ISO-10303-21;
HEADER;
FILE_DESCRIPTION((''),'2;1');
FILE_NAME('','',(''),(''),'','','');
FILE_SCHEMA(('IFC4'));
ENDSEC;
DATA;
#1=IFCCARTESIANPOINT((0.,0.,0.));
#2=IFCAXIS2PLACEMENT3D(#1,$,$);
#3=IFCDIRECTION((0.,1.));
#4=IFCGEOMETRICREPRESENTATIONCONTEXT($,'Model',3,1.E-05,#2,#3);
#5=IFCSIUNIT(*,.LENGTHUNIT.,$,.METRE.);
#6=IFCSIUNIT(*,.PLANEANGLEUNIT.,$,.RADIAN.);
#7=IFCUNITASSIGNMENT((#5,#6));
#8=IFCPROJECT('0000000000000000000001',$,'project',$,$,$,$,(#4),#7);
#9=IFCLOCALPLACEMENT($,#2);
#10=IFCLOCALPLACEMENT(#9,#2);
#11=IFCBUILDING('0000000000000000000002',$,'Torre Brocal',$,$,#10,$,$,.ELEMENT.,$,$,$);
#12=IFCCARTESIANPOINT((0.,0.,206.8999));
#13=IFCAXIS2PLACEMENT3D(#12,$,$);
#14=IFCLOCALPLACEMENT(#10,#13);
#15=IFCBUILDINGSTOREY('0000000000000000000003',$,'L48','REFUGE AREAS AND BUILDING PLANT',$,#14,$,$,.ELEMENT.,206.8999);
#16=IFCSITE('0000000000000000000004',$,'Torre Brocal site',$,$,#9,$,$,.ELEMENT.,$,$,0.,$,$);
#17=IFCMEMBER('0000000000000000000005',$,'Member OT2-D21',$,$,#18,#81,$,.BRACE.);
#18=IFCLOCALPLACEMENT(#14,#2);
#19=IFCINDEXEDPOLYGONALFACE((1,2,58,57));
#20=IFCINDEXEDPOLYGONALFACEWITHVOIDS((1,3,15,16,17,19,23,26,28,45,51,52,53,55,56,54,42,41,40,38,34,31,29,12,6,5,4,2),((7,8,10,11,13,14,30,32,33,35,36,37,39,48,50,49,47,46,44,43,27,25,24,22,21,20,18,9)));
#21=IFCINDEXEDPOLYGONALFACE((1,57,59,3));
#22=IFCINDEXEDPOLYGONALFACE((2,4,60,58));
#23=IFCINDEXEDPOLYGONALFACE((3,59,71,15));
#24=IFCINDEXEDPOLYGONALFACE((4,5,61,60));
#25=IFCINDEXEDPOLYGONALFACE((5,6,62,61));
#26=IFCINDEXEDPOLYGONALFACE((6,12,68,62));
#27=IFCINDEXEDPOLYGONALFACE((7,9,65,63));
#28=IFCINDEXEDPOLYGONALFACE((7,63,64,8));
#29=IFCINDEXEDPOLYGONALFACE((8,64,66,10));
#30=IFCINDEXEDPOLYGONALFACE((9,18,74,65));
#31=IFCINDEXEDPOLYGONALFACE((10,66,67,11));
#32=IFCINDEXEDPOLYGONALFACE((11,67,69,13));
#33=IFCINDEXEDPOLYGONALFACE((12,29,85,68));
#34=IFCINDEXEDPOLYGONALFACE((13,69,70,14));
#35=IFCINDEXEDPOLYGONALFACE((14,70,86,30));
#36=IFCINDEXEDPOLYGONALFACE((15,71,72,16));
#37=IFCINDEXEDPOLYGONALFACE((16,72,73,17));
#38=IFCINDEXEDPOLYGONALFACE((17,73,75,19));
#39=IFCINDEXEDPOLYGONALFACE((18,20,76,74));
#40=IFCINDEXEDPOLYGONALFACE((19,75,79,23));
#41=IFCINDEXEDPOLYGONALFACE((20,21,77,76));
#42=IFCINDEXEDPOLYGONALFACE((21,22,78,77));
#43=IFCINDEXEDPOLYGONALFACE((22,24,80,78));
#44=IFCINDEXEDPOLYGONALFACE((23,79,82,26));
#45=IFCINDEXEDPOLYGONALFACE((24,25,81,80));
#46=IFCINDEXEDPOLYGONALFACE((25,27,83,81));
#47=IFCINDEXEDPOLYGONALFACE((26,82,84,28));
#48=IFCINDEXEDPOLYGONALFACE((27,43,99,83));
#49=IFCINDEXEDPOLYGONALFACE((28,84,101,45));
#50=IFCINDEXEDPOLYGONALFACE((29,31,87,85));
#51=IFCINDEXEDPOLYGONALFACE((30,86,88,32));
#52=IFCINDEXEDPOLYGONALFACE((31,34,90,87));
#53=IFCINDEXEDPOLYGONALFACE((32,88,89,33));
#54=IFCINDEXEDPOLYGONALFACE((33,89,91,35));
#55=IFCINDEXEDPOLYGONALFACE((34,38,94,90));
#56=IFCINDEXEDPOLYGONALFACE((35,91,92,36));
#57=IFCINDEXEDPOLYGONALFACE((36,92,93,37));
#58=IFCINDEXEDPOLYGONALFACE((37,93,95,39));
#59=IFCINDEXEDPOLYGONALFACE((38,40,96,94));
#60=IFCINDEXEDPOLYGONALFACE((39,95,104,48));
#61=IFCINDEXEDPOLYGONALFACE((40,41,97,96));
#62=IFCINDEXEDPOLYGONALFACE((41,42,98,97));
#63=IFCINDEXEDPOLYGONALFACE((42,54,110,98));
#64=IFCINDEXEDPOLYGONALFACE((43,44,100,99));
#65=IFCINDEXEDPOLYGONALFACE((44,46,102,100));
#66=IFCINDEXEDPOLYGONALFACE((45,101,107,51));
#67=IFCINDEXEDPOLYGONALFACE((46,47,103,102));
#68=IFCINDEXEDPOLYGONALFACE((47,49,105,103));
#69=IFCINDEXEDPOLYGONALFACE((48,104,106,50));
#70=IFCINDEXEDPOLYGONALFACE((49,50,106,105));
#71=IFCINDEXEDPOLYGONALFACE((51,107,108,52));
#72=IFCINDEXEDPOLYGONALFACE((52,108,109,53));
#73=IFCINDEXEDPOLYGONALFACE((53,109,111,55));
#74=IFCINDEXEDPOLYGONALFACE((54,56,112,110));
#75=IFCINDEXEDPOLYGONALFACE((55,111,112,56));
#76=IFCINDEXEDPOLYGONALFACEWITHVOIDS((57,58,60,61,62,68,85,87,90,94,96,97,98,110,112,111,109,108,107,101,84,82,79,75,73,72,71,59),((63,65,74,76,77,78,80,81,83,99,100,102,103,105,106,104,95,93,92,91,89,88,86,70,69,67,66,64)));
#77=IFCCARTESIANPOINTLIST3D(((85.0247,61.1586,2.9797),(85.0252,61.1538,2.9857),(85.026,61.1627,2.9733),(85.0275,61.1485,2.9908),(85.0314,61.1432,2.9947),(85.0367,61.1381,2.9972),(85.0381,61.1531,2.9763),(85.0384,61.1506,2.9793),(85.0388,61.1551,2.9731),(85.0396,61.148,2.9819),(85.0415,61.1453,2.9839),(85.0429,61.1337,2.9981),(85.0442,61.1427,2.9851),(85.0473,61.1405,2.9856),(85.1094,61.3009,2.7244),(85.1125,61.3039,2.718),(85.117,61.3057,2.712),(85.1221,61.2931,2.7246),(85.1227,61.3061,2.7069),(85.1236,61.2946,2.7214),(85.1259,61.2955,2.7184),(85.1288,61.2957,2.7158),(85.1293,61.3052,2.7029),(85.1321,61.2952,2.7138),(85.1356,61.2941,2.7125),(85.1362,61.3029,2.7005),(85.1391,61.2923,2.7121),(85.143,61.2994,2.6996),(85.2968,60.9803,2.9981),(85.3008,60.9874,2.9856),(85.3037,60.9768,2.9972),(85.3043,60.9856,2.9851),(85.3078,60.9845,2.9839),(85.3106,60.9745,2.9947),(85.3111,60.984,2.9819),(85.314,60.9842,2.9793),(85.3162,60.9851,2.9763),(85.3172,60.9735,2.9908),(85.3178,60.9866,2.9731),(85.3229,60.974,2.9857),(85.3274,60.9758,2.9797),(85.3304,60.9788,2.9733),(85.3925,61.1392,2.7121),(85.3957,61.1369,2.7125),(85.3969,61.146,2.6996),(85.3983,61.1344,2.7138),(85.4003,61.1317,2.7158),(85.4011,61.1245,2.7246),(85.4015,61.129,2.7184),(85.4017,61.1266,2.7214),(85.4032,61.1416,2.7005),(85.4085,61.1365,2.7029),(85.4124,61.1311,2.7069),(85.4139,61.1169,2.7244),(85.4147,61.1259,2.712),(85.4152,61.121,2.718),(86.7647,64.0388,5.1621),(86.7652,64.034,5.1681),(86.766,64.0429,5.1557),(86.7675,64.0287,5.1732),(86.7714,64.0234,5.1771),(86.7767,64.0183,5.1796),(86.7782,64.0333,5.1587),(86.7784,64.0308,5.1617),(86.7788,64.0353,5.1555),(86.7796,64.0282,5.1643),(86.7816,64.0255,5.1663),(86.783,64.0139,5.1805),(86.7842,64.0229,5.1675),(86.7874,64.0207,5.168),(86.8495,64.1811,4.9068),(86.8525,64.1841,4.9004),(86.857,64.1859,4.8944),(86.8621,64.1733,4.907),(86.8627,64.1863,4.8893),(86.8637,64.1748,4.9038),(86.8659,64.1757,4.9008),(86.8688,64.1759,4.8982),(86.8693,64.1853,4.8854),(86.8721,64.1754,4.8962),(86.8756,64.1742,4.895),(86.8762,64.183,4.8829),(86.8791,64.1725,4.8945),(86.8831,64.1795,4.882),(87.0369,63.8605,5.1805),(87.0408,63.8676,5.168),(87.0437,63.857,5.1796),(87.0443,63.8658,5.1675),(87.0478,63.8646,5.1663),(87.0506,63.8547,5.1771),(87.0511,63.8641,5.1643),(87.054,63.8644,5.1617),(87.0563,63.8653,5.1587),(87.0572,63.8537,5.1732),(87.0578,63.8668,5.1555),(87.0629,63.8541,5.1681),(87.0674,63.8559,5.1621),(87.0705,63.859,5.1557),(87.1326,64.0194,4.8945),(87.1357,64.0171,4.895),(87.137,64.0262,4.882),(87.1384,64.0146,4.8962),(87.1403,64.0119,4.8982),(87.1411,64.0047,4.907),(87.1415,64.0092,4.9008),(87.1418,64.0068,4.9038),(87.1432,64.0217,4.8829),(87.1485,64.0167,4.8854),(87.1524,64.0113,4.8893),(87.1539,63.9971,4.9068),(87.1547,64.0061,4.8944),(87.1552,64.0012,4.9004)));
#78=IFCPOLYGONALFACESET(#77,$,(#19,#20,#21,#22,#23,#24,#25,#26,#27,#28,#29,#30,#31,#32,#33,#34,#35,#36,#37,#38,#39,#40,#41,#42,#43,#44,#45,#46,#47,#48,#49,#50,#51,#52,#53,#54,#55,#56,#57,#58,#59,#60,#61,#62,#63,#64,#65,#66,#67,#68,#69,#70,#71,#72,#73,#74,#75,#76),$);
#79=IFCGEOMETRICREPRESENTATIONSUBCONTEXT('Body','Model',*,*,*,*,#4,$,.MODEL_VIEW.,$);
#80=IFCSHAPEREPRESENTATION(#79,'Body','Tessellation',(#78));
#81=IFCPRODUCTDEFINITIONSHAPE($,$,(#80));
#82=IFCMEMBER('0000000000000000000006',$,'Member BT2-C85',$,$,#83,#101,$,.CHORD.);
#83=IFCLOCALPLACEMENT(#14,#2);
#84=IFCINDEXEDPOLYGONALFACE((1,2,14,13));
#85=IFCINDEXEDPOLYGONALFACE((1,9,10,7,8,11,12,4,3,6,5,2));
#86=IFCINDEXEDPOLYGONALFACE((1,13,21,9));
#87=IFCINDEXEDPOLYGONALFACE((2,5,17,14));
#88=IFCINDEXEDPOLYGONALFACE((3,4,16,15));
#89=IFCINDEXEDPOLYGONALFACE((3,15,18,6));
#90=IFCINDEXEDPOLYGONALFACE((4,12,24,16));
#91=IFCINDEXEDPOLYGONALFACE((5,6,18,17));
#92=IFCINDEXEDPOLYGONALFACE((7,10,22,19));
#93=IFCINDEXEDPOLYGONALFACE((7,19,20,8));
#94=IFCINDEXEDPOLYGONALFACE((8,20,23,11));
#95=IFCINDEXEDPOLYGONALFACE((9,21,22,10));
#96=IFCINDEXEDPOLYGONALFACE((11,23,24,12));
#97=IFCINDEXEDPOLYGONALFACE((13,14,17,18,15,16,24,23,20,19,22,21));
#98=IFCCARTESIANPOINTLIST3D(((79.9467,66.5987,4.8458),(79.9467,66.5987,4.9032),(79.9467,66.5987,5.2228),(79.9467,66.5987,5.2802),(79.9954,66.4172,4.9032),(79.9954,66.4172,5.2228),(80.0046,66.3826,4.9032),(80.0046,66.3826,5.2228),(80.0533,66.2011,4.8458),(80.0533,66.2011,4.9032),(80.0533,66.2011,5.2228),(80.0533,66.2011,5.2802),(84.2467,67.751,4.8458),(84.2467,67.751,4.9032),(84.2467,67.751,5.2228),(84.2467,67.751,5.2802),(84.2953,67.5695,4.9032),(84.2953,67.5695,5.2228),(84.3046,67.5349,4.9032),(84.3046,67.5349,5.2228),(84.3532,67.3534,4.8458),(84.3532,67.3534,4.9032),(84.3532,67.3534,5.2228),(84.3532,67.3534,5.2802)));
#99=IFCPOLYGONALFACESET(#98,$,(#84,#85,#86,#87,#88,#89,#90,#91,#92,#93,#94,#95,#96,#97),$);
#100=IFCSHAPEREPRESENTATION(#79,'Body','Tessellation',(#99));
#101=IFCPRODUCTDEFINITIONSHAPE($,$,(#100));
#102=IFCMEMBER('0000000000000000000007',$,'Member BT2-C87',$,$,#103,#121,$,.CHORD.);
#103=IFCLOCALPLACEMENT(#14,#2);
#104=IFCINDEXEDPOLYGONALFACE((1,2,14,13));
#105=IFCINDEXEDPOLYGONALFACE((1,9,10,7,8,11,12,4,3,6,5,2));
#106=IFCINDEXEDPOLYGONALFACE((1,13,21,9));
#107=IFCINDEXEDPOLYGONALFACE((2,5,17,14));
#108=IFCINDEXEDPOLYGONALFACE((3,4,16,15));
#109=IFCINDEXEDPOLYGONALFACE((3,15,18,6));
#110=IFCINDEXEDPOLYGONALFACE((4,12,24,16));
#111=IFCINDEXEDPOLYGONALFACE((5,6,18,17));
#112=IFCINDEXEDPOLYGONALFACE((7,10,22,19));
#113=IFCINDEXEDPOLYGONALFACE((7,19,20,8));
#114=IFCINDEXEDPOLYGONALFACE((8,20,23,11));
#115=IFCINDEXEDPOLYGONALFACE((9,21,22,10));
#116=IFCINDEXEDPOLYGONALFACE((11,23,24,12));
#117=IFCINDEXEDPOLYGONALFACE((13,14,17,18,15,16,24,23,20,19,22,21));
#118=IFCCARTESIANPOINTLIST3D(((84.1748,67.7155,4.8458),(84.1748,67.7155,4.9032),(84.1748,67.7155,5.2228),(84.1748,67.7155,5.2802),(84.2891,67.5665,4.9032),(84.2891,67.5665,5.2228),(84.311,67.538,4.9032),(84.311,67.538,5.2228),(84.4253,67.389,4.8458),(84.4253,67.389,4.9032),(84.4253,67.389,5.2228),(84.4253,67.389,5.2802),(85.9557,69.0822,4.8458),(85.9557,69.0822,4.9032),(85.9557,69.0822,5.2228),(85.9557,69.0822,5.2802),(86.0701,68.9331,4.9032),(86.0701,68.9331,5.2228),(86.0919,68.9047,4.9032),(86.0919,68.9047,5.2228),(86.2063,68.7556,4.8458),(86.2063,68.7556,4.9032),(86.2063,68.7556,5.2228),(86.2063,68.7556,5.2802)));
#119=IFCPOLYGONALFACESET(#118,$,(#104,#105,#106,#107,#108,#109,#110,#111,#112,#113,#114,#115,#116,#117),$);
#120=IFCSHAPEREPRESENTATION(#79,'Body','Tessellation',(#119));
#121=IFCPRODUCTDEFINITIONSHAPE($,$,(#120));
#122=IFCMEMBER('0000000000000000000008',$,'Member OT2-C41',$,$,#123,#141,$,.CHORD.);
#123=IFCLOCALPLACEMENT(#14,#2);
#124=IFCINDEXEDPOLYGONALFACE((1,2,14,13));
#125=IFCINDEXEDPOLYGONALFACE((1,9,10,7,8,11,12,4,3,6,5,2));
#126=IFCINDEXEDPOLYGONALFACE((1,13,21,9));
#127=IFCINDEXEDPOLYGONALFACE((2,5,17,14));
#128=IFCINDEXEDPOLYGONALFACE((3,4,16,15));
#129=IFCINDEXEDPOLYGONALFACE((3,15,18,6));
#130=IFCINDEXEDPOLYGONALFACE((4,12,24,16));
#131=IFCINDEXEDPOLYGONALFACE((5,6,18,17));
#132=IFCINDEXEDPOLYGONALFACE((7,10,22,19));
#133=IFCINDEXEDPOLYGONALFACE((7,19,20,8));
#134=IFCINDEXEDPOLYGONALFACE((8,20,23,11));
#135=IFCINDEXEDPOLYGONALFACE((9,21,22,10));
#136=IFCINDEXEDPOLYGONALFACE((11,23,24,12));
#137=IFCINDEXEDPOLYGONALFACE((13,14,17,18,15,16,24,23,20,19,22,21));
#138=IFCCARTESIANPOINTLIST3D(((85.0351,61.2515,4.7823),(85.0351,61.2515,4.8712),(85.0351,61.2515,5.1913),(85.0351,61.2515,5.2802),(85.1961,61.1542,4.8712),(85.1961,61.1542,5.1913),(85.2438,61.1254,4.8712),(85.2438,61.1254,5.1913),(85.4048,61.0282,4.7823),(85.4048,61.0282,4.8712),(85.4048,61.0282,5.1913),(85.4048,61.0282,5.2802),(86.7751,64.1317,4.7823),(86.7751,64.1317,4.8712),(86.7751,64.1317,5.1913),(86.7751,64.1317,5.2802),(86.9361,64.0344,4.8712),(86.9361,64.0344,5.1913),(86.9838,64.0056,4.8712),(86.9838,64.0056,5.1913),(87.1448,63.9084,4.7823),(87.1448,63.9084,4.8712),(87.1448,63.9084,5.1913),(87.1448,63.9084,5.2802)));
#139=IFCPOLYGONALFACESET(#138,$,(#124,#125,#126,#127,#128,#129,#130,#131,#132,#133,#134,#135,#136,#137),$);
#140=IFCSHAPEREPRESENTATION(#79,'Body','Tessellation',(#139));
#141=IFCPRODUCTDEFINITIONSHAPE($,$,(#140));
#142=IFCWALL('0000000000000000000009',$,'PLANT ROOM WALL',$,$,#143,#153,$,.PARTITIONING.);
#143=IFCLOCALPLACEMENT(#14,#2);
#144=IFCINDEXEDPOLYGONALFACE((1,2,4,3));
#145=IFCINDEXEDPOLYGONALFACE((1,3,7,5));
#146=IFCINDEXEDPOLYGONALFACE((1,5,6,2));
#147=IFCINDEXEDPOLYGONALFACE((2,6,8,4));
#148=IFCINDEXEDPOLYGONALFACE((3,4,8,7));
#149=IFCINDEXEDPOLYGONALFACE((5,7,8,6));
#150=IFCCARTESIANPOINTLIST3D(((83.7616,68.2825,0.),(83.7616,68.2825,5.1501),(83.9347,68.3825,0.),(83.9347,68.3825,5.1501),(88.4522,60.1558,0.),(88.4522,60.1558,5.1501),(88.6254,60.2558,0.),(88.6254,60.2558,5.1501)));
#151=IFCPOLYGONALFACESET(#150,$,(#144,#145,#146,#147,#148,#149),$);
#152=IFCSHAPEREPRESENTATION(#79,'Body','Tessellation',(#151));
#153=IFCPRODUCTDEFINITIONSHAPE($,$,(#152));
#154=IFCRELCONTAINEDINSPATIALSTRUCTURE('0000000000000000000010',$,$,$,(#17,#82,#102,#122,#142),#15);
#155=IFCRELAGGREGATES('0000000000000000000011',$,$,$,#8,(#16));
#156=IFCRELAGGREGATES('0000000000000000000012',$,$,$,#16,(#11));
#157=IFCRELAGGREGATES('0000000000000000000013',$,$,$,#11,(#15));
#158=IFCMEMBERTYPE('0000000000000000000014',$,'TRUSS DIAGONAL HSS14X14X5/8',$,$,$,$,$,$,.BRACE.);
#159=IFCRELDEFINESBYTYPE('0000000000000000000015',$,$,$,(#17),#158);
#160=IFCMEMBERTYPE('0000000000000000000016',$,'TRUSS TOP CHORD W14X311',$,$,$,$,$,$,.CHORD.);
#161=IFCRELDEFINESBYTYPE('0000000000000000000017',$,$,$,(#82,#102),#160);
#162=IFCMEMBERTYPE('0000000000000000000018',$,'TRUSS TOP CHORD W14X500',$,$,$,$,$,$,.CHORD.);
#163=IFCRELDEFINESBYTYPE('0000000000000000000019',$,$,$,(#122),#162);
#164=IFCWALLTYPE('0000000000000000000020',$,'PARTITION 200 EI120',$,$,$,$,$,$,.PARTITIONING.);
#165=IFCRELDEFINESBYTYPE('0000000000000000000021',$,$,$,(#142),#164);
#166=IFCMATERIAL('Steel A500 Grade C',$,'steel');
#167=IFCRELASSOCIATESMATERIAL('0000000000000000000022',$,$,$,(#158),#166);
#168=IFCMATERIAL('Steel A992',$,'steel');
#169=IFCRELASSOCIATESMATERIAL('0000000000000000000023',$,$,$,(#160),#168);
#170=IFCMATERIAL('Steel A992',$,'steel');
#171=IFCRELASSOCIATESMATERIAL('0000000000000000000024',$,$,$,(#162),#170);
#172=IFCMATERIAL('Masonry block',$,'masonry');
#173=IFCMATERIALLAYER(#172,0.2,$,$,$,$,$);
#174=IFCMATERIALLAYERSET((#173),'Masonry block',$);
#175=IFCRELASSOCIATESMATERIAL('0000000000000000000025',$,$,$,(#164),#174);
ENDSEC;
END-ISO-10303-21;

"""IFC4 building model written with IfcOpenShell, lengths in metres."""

from ifc_helpers import new_model, si_unit, direction, frame, frame_2d, origin, origin_2d, place, context, subcontext, project, spatial, rectangle, hollow_rectangle, i_section, extrude, material, layer, layer_set, material_profile, profile_set, type_object, element, save


model = new_model("IFC4")

# Units and contexts
model_context = context("Model", 3, precision=1e-05, world=origin(), true_north=direction((0.0, 1.0)))
body_context = subcontext(model_context, "Body", "Model", "MODEL_VIEW")
ifc_project = project(units=[si_unit("LENGTHUNIT", "METRE"), si_unit("PLANEANGLEUNIT", "RADIAN")], contexts=[model_context])

# Site, building, storey
site_placement = place(None, origin())
site = spatial("IfcSite", under=ifc_project, at=site_placement, Name="Torre Brocal site", CompositionType="ELEMENT", RefElevation=0.0)
building_placement = place(site_placement, origin())
building = spatial("IfcBuilding", under=site, at=building_placement, Name="Torre Brocal", CompositionType="ELEMENT")
storey_placement = place(building_placement, frame((0.0, 0.0, 206.8999)))
storey = spatial("IfcBuildingStorey", under=building, at=storey_placement, Name="L48", Description="REFUGE AREAS AND BUILDING PLANT", CompositionType="ELEMENT", Elevation=206.8999)

# Members
ifc_material_1 = material(Name="Steel A500 Grade C", Category="steel")
ifc_material_profile_1 = material_profile(ifc_material_1, hollow_rectangle(XDim=0.3557, YDim=0.3557, WallThickness=0.0149, InnerFilletRadius=0.0149, OuterFilletRadius=0.0295, at=origin_2d()), Name="HSS14X14X5/8")
ifc_profile_set_1 = profile_set([ifc_material_profile_1], Name="Steel A500 Grade C")
member_type_1 = type_object("IfcMemberType", Name="TRUSS DIAGONAL HSS14X14X5/8", PredefinedType="BRACE", material=ifc_profile_set_1)
member_1_placement = place(storey_placement, frame((86.96, 64.02, 5.0312), z_axis=(-0.433841, -0.718117, -0.544142), x_axis=(0.855927, -0.517097, 0.0)))
element("IfcMember", 1, at=member_1_placement, inside=storey, type_object=member_type_1, Name="Member OT2-D21", PredefinedType="BRACE", context=body_context, shape_type="SweptSolid", body=[
    extrude(hollow_rectangle(XDim=0.3557, YDim=0.3557, WallThickness=0.0149, InnerFilletRadius=0.0149, OuterFilletRadius=0.0295, at=origin_2d()), origin(), (0.0, 0.0, 1.0), 4.0107),
])
ifc_material_2 = material(Name="Steel A992", Category="steel")
ifc_material_profile_2 = material_profile(ifc_material_2, i_section(OverallWidth=0.4116, OverallDepth=0.4343, WebThickness=0.0359, FlangeThickness=0.0574, at=origin_2d()), Name="W14X311")
ifc_profile_set_2 = profile_set([ifc_material_profile_2], Name="Steel A992")
member_type_2 = type_object("IfcMemberType", Name="TRUSS TOP CHORD W14X311", PredefinedType="CHORD", material=ifc_profile_set_2)
member_2_placement = place(storey_placement, frame((80.0, 66.3999, 5.063), z_axis=(0.965917, 0.25885, 0.0), x_axis=(-0.25885, 0.965917, 0.0)))
element("IfcMember", 2, at=member_2_placement, inside=storey, type_object=member_type_2, Name="Member BT2-C85", PredefinedType="CHORD", context=body_context, shape_type="SweptSolid", body=[
    extrude(i_section(OverallWidth=0.4116, OverallDepth=0.4343, WebThickness=0.0359, FlangeThickness=0.0574, at=origin_2d()), origin(), (0.0, 0.0, 1.0), 4.4517),
])
member_3_placement = place(storey_placement, frame((84.3, 67.5522, 5.063), z_axis=(0.793335, 0.608785, 0.0), x_axis=(-0.608785, 0.793335, 0.0)))
element("IfcMember", 3, at=member_3_placement, inside=storey, type_object=member_type_2, Name="Member BT2-C87", PredefinedType="CHORD", context=body_context, shape_type="SweptSolid", body=[
    extrude(i_section(OverallWidth=0.4116, OverallDepth=0.4343, WebThickness=0.0359, FlangeThickness=0.0574, at=origin_2d()), origin(), (0.0, 0.0, 1.0), 2.2449),
])
ifc_material_3 = material(Name="Steel A992", Category="steel")
ifc_material_profile_3 = material_profile(ifc_material_3, i_section(OverallWidth=0.4319, OverallDepth=0.4978, WebThickness=0.0557, FlangeThickness=0.0889, at=origin_2d()), Name="W14X500")
ifc_profile_set_3 = profile_set([ifc_material_profile_3], Name="Steel A992")
member_type_3 = type_object("IfcMemberType", Name="TRUSS TOP CHORD W14X500", PredefinedType="CHORD", material=ifc_profile_set_3)
member_4_placement = place(storey_placement, frame((86.96, 64.02, 5.0312), z_axis=(-0.517097, -0.855927, 0.0), x_axis=(0.855927, -0.517097, 0.0)))
element("IfcMember", 4, at=member_4_placement, inside=storey, type_object=member_type_3, Name="Member OT2-C41", PredefinedType="CHORD", context=body_context, shape_type="SweptSolid", body=[
    extrude(i_section(OverallWidth=0.4319, OverallDepth=0.4978, WebThickness=0.0557, FlangeThickness=0.0889, at=origin_2d()), origin(), (0.0, 0.0, 1.0), 3.365),
])

# Wall
ifc_material_4 = material(Name="Masonry block", Category="masonry")
ifc_layer_1 = layer(ifc_material_4, 0.2)
ifc_layer_set_1 = layer_set([ifc_layer_1], Name="Masonry block")
wall_type_1 = type_object("IfcWallType", Name="PARTITION 200 EI120", PredefinedType="PARTITIONING", material=ifc_layer_set_1)
wall_1_placement = place(storey_placement, frame((83.8481, 68.3325, 0.0), z_axis=(0.0, 0.0, 1.0), x_axis=(0.499897, -0.866085, 0.0)))
element("IfcWall", 5, at=wall_1_placement, inside=storey, type_object=wall_type_1, Name="PLANT ROOM WALL", PredefinedType="PARTITIONING", context=body_context, shape_type="SweptSolid", body=[
    extrude(rectangle(XDim=9.3833, YDim=0.2, at=frame_2d((4.6917, 0.0))), origin(), (0.0, 0.0, 1.0), 5.1501),
])

save(model, "model.ifc")
